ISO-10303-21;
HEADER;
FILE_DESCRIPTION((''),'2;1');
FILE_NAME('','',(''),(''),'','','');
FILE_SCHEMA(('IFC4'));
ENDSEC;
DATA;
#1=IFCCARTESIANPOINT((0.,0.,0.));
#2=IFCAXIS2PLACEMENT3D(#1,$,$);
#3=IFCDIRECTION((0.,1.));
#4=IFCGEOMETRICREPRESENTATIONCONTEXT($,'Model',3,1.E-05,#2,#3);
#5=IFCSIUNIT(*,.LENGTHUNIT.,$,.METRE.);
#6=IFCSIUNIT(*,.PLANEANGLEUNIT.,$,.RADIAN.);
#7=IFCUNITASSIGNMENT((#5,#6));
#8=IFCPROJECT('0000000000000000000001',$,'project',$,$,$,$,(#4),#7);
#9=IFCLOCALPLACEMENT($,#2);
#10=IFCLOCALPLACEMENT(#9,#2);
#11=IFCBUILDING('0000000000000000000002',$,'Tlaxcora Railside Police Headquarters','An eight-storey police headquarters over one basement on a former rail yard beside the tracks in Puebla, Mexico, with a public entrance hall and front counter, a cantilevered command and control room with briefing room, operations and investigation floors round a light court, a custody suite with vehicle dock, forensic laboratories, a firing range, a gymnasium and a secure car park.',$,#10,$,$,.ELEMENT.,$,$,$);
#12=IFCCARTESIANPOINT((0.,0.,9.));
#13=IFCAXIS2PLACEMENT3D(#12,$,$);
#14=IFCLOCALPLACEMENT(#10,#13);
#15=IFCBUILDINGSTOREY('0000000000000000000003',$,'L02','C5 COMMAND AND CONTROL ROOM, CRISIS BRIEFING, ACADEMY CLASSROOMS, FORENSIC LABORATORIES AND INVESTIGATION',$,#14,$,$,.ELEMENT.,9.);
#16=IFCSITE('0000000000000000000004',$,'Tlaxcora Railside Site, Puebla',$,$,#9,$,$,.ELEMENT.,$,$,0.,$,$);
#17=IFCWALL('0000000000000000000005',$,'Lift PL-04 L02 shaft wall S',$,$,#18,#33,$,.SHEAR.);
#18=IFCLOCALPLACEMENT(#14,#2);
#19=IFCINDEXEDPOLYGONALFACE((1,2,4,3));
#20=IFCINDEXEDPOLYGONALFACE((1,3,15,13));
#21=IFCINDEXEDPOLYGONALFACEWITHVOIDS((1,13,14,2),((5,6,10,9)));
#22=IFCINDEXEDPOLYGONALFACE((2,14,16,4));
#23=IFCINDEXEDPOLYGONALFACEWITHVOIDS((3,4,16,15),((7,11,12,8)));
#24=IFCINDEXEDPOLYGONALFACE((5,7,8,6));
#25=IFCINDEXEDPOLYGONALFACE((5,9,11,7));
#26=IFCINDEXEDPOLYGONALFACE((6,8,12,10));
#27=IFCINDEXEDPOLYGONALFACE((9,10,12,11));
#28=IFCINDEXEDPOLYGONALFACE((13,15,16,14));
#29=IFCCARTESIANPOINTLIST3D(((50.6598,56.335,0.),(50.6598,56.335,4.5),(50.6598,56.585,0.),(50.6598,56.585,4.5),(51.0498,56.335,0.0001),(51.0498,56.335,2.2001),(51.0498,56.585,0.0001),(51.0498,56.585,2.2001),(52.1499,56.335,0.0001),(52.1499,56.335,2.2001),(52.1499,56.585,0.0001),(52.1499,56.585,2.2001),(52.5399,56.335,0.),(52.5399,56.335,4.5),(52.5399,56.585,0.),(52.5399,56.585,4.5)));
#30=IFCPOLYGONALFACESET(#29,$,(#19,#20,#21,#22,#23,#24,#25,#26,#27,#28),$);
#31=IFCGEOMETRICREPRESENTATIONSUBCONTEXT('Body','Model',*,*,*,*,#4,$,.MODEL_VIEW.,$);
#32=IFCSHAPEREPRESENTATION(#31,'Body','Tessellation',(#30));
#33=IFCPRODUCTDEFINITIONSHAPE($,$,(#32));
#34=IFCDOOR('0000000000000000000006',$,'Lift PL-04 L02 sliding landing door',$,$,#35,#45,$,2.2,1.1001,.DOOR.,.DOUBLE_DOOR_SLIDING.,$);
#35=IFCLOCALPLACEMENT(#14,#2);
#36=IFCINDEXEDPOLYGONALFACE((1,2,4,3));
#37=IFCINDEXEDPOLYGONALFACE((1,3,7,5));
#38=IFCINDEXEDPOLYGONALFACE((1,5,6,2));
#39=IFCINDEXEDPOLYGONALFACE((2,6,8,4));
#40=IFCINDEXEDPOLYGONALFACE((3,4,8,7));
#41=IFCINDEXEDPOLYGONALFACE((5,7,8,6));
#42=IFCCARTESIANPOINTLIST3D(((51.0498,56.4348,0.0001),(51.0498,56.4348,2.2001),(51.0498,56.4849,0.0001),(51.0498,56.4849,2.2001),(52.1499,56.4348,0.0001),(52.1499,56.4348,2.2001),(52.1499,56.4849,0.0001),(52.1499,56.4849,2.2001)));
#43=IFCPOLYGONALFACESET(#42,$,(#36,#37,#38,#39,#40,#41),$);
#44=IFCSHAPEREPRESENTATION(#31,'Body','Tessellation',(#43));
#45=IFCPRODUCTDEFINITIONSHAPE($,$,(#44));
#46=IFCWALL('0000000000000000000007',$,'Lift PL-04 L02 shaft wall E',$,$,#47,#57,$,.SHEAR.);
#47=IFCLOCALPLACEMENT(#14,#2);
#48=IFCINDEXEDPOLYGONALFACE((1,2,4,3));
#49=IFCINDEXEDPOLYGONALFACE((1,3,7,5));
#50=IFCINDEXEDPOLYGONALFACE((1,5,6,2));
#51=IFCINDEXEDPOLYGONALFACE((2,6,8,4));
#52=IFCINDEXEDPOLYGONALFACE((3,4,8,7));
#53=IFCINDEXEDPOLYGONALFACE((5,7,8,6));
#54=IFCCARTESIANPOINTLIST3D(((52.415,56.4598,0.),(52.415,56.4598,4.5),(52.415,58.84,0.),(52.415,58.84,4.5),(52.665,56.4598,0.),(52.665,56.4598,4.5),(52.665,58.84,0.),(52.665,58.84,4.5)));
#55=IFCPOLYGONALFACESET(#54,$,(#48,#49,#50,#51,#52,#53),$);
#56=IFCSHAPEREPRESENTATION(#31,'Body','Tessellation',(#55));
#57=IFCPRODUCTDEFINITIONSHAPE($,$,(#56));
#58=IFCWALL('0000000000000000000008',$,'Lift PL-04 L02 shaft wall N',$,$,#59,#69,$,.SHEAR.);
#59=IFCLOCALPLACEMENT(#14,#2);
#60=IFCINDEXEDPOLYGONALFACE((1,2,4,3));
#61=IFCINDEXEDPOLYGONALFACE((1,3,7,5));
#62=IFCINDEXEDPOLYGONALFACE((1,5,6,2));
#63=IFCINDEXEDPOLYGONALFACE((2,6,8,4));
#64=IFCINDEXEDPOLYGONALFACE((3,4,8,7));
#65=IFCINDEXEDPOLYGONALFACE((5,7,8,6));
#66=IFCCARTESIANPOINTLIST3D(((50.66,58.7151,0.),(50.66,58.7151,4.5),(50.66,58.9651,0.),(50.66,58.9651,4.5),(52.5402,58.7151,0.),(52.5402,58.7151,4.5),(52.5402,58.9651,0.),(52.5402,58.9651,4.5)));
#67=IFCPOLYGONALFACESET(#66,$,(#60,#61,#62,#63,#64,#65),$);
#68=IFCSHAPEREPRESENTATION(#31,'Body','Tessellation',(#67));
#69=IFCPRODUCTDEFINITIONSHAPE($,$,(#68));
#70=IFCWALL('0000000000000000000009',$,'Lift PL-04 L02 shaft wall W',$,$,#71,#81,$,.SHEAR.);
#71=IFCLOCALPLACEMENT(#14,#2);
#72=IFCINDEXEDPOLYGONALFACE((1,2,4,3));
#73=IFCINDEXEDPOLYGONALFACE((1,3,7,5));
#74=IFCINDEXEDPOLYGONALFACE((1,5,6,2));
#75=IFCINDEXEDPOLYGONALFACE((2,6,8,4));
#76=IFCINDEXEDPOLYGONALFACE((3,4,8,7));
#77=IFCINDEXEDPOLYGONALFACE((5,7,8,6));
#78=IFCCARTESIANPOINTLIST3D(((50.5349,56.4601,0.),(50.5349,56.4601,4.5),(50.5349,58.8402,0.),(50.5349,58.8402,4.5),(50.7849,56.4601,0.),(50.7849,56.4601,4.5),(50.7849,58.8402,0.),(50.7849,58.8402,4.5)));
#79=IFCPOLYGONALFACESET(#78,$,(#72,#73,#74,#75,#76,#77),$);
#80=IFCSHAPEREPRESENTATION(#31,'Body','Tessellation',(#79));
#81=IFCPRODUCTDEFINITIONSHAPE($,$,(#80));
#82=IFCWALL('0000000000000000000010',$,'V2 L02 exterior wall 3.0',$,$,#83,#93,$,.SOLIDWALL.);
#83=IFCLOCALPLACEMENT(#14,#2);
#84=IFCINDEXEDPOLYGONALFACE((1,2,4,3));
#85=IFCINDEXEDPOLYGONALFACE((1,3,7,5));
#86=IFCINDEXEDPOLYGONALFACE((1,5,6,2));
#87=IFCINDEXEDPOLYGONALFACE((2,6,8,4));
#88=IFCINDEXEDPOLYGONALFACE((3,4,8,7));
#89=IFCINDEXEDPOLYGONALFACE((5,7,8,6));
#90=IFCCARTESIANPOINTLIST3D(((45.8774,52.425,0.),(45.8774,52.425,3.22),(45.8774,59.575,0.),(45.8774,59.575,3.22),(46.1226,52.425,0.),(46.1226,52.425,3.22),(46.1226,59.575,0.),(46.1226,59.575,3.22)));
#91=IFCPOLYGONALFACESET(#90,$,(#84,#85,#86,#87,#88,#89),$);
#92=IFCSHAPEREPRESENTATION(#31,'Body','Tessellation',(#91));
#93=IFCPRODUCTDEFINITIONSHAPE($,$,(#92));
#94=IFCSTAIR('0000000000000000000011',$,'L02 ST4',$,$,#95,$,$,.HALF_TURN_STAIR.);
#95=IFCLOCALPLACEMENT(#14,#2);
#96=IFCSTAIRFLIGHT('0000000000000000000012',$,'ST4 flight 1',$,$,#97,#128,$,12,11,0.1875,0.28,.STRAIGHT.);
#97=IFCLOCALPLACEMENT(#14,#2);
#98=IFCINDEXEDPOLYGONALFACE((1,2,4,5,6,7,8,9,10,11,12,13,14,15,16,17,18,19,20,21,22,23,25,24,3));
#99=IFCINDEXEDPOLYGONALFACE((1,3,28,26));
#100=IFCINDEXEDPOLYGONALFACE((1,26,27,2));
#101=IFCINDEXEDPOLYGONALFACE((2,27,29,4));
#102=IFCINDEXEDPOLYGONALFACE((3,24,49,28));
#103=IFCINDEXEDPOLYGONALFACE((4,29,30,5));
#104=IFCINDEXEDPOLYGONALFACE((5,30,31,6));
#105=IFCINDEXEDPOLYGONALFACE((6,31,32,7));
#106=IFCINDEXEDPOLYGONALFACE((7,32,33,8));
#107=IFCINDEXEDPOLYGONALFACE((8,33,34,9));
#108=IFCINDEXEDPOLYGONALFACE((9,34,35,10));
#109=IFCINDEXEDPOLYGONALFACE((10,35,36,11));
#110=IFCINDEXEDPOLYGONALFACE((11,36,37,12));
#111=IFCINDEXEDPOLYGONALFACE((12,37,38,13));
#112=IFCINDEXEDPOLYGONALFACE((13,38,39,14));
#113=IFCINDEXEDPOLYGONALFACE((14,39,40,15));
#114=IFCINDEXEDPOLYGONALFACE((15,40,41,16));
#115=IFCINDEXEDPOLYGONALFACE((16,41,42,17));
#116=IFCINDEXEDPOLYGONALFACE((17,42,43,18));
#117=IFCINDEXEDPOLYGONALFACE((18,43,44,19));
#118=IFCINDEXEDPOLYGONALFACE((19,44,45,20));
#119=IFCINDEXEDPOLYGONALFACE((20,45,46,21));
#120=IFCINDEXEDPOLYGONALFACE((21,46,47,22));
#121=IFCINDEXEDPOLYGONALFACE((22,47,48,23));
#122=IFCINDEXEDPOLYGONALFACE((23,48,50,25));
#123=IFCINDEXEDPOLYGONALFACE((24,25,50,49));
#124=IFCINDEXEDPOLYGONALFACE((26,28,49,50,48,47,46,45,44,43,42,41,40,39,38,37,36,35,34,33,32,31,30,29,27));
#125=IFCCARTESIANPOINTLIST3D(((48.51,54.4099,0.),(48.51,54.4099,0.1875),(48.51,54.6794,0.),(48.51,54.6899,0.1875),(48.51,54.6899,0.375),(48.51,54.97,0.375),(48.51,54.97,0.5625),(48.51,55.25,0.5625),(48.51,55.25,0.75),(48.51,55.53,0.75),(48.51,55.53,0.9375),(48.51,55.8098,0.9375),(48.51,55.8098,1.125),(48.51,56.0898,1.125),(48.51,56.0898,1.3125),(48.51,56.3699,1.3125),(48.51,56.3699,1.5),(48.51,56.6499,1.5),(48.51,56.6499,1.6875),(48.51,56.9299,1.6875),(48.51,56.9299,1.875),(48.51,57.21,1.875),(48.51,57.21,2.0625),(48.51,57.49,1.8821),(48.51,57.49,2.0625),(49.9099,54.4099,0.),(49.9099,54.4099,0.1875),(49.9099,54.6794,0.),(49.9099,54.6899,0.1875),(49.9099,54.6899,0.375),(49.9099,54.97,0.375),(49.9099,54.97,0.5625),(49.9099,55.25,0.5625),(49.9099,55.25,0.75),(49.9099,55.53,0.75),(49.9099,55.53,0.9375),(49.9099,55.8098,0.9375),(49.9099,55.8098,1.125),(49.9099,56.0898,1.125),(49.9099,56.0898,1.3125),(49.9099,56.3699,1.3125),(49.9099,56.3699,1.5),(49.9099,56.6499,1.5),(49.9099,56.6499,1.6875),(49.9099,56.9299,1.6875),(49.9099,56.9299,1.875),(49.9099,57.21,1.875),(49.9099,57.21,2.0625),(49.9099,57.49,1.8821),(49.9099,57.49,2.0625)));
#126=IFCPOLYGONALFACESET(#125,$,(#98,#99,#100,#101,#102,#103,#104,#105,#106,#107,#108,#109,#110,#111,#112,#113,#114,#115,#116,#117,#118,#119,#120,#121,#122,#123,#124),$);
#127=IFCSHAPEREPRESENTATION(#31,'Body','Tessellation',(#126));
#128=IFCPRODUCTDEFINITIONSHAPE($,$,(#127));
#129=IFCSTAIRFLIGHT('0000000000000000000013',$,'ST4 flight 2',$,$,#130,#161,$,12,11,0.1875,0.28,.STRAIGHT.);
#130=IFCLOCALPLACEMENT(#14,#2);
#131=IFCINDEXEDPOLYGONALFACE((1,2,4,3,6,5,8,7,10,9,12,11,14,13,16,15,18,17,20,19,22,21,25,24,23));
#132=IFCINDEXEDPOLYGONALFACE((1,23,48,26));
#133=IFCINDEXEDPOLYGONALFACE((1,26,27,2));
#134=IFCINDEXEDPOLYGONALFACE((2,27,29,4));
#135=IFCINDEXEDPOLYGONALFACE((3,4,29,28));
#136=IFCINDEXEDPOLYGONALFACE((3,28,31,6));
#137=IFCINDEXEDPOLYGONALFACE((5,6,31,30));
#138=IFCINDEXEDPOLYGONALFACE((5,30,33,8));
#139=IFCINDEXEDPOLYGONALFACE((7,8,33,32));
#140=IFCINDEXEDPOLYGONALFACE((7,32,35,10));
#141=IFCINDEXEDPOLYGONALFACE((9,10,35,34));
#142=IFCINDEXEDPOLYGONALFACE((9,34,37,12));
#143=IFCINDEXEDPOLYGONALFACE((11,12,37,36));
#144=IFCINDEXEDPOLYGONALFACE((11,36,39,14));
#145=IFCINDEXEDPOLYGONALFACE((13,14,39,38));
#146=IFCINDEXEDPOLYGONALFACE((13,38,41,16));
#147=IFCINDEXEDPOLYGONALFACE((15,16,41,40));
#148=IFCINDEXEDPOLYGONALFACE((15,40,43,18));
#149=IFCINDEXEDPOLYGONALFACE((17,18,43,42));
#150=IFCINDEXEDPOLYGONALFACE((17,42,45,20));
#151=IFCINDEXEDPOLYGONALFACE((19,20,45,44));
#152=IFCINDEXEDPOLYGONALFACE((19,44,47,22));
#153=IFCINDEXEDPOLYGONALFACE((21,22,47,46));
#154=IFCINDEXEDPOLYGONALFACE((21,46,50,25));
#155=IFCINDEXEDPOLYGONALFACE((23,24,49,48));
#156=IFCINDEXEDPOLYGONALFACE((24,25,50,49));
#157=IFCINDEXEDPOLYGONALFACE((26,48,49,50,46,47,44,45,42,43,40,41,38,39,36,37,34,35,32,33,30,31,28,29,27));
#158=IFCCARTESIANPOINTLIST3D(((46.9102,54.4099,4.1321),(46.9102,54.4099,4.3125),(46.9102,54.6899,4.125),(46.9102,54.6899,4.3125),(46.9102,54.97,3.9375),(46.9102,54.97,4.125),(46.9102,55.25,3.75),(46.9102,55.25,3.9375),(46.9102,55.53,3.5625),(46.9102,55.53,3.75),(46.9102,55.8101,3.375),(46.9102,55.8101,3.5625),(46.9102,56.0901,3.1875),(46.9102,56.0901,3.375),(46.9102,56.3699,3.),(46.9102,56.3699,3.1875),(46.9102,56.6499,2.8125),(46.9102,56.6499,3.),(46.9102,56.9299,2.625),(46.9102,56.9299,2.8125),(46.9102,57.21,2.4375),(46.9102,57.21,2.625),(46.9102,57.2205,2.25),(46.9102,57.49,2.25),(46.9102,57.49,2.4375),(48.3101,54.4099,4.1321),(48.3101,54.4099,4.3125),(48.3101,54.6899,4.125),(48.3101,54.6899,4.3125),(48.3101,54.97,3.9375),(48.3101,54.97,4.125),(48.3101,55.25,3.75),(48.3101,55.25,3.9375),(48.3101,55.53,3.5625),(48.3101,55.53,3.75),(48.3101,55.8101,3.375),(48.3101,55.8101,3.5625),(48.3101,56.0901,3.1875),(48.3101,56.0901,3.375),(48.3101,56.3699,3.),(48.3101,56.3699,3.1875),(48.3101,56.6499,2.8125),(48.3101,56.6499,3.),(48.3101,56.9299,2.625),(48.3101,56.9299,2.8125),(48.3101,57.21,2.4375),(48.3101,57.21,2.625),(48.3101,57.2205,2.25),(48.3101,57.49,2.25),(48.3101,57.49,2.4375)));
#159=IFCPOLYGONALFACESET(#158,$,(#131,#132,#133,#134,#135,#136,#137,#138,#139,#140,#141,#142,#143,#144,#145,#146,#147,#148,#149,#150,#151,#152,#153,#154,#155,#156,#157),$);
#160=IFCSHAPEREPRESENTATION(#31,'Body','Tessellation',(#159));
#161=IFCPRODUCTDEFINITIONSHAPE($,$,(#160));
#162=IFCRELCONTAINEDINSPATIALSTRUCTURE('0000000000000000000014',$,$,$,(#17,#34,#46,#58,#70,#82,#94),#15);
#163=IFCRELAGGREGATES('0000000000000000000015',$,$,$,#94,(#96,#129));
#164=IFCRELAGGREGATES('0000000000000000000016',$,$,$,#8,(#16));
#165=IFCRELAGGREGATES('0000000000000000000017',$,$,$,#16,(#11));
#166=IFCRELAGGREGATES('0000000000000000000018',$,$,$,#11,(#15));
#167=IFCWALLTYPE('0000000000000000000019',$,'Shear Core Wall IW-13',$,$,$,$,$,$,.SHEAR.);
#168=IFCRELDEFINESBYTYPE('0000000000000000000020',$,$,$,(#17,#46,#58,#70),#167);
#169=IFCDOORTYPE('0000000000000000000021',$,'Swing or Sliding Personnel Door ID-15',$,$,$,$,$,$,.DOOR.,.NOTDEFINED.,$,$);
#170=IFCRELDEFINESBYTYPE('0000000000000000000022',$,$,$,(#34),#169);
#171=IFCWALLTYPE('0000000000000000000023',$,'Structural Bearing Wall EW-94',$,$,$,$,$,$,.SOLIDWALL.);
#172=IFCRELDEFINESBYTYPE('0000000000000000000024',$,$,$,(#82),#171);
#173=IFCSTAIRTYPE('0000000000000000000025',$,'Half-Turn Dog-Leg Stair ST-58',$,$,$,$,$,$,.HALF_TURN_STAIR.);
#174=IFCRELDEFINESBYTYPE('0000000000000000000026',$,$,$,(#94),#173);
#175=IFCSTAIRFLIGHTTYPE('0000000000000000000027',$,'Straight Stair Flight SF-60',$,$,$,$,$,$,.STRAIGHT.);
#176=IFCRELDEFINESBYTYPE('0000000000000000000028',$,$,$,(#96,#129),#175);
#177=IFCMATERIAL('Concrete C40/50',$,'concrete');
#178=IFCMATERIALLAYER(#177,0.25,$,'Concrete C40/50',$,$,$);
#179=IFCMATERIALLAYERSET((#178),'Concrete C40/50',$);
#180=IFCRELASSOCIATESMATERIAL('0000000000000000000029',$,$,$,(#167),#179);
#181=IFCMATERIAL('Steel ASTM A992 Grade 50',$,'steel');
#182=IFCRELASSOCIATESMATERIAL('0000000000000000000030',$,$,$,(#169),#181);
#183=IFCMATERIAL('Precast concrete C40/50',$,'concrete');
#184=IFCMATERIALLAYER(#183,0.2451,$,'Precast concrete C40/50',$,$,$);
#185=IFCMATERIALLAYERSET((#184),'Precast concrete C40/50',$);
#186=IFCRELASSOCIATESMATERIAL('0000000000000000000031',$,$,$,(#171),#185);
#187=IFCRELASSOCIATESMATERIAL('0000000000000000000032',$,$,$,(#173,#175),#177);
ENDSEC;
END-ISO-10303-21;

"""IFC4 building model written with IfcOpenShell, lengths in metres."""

from ifc_helpers import new_model, si_unit, direction, frame, frame_2d, origin, place, context, subcontext, project, spatial, polyline, rectangle, outline, extrude, material, layer, layer_set, type_object, element, fill, aggregate, save


model = new_model("IFC4")

# Units and contexts
model_context = context("Model", 3, precision=1e-05, world=origin(), true_north=direction((0.0, 1.0)))
body_context = subcontext(model_context, "Body", "Model", "MODEL_VIEW")
ifc_project = project(units=[si_unit("LENGTHUNIT", "METRE"), si_unit("PLANEANGLEUNIT", "RADIAN")], contexts=[model_context])

# Site, building, storey
site_placement = place(None, origin())
site = spatial("IfcSite", under=ifc_project, at=site_placement, Name="Tlaxcora Railside Site, Puebla", CompositionType="ELEMENT", RefElevation=0.0)
building_placement = place(site_placement, origin())
building = spatial("IfcBuilding", under=site, at=building_placement, Name="Tlaxcora Railside Police Headquarters", Description="An eight-storey police headquarters over one basement on a former rail yard beside the tracks in Puebla, Mexico, with a public entrance hall and front counter, a cantilevered command and control room with briefing room, operations and investigation floors round a light court, a custody suite with vehicle dock, forensic laboratories, a firing range, a gymnasium and a secure car park.", CompositionType="ELEMENT")
storey_placement = place(building_placement, frame((0.0, 0.0, 9.0)))
storey = spatial("IfcBuildingStorey", under=building, at=storey_placement, Name="L02", Description="C5 COMMAND AND CONTROL ROOM, CRISIS BRIEFING, ACADEMY CLASSROOMS, FORENSIC LABORATORIES AND INVESTIGATION", CompositionType="ELEMENT", Elevation=9.0)

# Shared definitions
ifc_material_1 = material(Name="Concrete C40/50", Category="concrete")

# Shared definitions
ifc_material_2 = material(Name="Steel ASTM A992 Grade 50", Category="steel")

# Shared definitions
ifc_layer_1 = layer(ifc_material_1, 0.25, Name="Concrete C40/50")
ifc_layer_set_1 = layer_set([ifc_layer_1], Name="Concrete C40/50")
wall_type_1 = type_object("IfcWallType", Name="Shear Core Wall IW-13", PredefinedType="SHEAR", material=ifc_layer_set_1)

# Wall, opening, door
wall_1_placement = place(storey_placement, frame((50.6599, 56.46, 0.0), z_axis=(0.0, 0.0, 1.0), x_axis=(1.0, 0.0, 0.0)))
wall_1 = element("IfcWall", 1, at=wall_1_placement, inside=storey, type_object=wall_type_1, Name="Lift PL-04 L02 shaft wall S", PredefinedType="SHEAR", context=body_context, shape_type="SweptSolid", body=[
    extrude(rectangle(XDim=1.8801, YDim=0.25, at=frame_2d((0.9399, 0.0))), origin(), (0.0, 0.0, 1.0), 4.5),
])
opening_1_placement = place(wall_1_placement, frame((0.3899, 0.0, 0.0)))
opening_1 = element("IfcOpeningElement", 2, at=opening_1_placement, cuts=wall_1, PredefinedType="OPENING", context=body_context, shape_type="SweptSolid", body=[
    extrude(rectangle(XDim=1.1001, YDim=2.2, at=frame_2d((0.55, 1.1001))), frame((0.0, 0.135, 0.0), z_axis=(0.0, -1.0, 0.0), x_axis=(1.0, 0.0, 0.0)), (0.0, 0.0, 1.0), 0.27),
])
door_type_1 = type_object("IfcDoorType", Name="Swing or Sliding Personnel Door ID-15", OperationType="NOTDEFINED", PredefinedType="DOOR", material=ifc_material_2)
door_1_placement = place(opening_1_placement, origin())
door_1 = element("IfcDoor", 3, at=door_1_placement, inside=storey, type_object=door_type_1, Name="Lift PL-04 L02 sliding landing door", OperationType="DOUBLE_DOOR_SLIDING", OverallHeight=2.2, OverallWidth=1.1001, PredefinedType="DOOR", context=body_context, shape_type="SweptSolid", body=[
    extrude(rectangle(XDim=1.1001, YDim=2.2, at=frame_2d((0.55, 1.1001))), frame((0.0, 0.0249, 0.0), z_axis=(0.0, -1.0, 0.0), x_axis=(1.0, 0.0, 0.0)), (0.0, 0.0, 1.0), 0.05),
])
fill(opening_1, door_1)

# Walls
wall_2_placement = place(storey_placement, frame((52.54, 56.46, 0.0), z_axis=(0.0, 0.0, 1.0), x_axis=(0.0, 1.0, 0.0)))
element("IfcWall", 4, at=wall_2_placement, inside=storey, type_object=wall_type_1, Name="Lift PL-04 L02 shaft wall E", PredefinedType="SHEAR", context=body_context, shape_type="SweptSolid", body=[
    extrude(rectangle(XDim=2.3801, YDim=0.25, at=frame_2d((1.1899, 0.0))), origin(), (0.0, 0.0, 1.0), 4.5),
])
wall_3_placement = place(storey_placement, frame((52.54, 58.8401, 0.0), z_axis=(0.0, 0.0, 1.0), x_axis=(-1.0, 0.0, 0.0)))
element("IfcWall", 5, at=wall_3_placement, inside=storey, type_object=wall_type_1, Name="Lift PL-04 L02 shaft wall N", PredefinedType="SHEAR", context=body_context, shape_type="SweptSolid", body=[
    extrude(rectangle(XDim=1.8801, YDim=0.25, at=frame_2d((0.9399, 0.0))), origin(), (0.0, 0.0, 1.0), 4.5),
])
wall_4_placement = place(storey_placement, frame((50.6599, 58.8401, 0.0), z_axis=(0.0, 0.0, 1.0), x_axis=(0.0, -1.0, 0.0)))
element("IfcWall", 6, at=wall_4_placement, inside=storey, type_object=wall_type_1, Name="Lift PL-04 L02 shaft wall W", PredefinedType="SHEAR", context=body_context, shape_type="SweptSolid", body=[
    extrude(rectangle(XDim=2.3801, YDim=0.25, at=frame_2d((1.1899, 0.0))), origin(), (0.0, 0.0, 1.0), 4.5),
])
ifc_material_3 = material(Name="Precast concrete C40/50", Category="concrete")
ifc_layer_2 = layer(ifc_material_3, 0.2451, Name="Precast concrete C40/50")
ifc_layer_set_2 = layer_set([ifc_layer_2], Name="Precast concrete C40/50")
wall_type_2 = type_object("IfcWallType", Name="Structural Bearing Wall EW-94", PredefinedType="SOLIDWALL", material=ifc_layer_set_2)
wall_5_placement = place(storey_placement, frame((46.0, 59.575, 0.0), z_axis=(0.0, 0.0, 1.0), x_axis=(0.0, -1.0, 0.0)))
element("IfcWall", 7, at=wall_5_placement, inside=storey, type_object=wall_type_2, Name="V2 L02 exterior wall 3.0", PredefinedType="SOLIDWALL", context=body_context, shape_type="SweptSolid", body=[
    extrude(rectangle(XDim=7.1499, YDim=0.2451, at=frame_2d((3.575, 0.0))), origin(), (0.0, 0.0, 1.0), 3.22),
])

# Stair, stair flights
stair_type = type_object("IfcStairType", Name="Half-Turn Dog-Leg Stair ST-58", PredefinedType="HALF_TURN_STAIR", material=ifc_material_1)
stair_placement = place(storey_placement, origin())
stair = element("IfcStair", 8, at=stair_placement, inside=storey, type_object=stair_type, Name="L02 ST4", PredefinedType="HALF_TURN_STAIR")
stair_flight_type = type_object("IfcStairFlightType", Name="Straight Stair Flight SF-60", PredefinedType="STRAIGHT", material=ifc_material_1)
stair_flight_1_placement = place(storey_placement, frame((49.21, 54.4099, 0.0), z_axis=(0.0, 0.0, 1.0), x_axis=(0.0, 1.0, 0.0)))
stair_flight_1 = element("IfcStairFlight", 9, at=stair_flight_1_placement, type_object=stair_flight_type, Name="ST4 flight 1", NumberOfRisers=12, NumberOfTreads=11, PredefinedType="STRAIGHT", RiserHeight=0.1875, TreadLength=0.28, context=body_context, shape_type="SweptSolid", body=[
    extrude(outline(polyline([(0.0, 0.0), (0.0, 0.1875), (0.28, 0.1875), (0.28, 0.375), (0.5601, 0.375), (0.5601, 0.5625), (0.8401, 0.5625), (0.8401, 0.75), (1.1201, 0.75), (1.1201, 0.9375), (1.3999, 0.9375), (1.3999, 1.125), (1.6799, 1.125), (1.6799, 1.3125), (1.96, 1.3125), (1.96, 1.5), (2.24, 1.5), (2.24, 1.6875), (2.52, 1.6875), (2.52, 1.875), (2.8, 1.875), (2.8, 2.0625), (3.0801, 2.0625), (3.0801, 2.25), (3.0801, 1.8821), (0.2695, 0.0), (0.0, 0.0)])), frame((0.0, 0.7, 0.0), z_axis=(0.0, -1.0, 0.0), x_axis=(1.0, 0.0, 0.0)), (0.0, 0.0, 1.0), 1.3999),
])
stair_flight_2_placement = place(storey_placement, frame((47.6101, 57.49, 2.25), z_axis=(0.0, 0.0, 1.0), x_axis=(0.0, -1.0, 0.0)))
stair_flight_2 = element("IfcStairFlight", 10, at=stair_flight_2_placement, type_object=stair_flight_type, Name="ST4 flight 2", NumberOfRisers=12, NumberOfTreads=11, PredefinedType="STRAIGHT", RiserHeight=0.1875, TreadLength=0.28, context=body_context, shape_type="SweptSolid", body=[
    extrude(outline(polyline([(0.0, 0.0), (0.0, 0.1875), (0.28, 0.1875), (0.28, 0.375), (0.5601, 0.375), (0.5601, 0.5625), (0.8401, 0.5625), (0.8401, 0.75), (1.1201, 0.75), (1.1201, 0.9375), (1.3999, 0.9375), (1.3999, 1.125), (1.6799, 1.125), (1.6799, 1.3125), (1.96, 1.3125), (1.96, 1.5), (2.24, 1.5), (2.24, 1.6875), (2.52, 1.6875), (2.52, 1.875), (2.8, 1.875), (2.8, 2.0625), (3.0801, 2.0625), (3.0801, 2.25), (3.0801, 1.8821), (0.2695, 0.0), (0.0, 0.0)])), frame((0.0, 0.7, 0.0), z_axis=(0.0, -1.0, 0.0), x_axis=(1.0, 0.0, 0.0)), (0.0, 0.0, 1.0), 1.3999),
])
aggregate(stair, [stair_flight_1, stair_flight_2])

save(model, "model.ifc")
